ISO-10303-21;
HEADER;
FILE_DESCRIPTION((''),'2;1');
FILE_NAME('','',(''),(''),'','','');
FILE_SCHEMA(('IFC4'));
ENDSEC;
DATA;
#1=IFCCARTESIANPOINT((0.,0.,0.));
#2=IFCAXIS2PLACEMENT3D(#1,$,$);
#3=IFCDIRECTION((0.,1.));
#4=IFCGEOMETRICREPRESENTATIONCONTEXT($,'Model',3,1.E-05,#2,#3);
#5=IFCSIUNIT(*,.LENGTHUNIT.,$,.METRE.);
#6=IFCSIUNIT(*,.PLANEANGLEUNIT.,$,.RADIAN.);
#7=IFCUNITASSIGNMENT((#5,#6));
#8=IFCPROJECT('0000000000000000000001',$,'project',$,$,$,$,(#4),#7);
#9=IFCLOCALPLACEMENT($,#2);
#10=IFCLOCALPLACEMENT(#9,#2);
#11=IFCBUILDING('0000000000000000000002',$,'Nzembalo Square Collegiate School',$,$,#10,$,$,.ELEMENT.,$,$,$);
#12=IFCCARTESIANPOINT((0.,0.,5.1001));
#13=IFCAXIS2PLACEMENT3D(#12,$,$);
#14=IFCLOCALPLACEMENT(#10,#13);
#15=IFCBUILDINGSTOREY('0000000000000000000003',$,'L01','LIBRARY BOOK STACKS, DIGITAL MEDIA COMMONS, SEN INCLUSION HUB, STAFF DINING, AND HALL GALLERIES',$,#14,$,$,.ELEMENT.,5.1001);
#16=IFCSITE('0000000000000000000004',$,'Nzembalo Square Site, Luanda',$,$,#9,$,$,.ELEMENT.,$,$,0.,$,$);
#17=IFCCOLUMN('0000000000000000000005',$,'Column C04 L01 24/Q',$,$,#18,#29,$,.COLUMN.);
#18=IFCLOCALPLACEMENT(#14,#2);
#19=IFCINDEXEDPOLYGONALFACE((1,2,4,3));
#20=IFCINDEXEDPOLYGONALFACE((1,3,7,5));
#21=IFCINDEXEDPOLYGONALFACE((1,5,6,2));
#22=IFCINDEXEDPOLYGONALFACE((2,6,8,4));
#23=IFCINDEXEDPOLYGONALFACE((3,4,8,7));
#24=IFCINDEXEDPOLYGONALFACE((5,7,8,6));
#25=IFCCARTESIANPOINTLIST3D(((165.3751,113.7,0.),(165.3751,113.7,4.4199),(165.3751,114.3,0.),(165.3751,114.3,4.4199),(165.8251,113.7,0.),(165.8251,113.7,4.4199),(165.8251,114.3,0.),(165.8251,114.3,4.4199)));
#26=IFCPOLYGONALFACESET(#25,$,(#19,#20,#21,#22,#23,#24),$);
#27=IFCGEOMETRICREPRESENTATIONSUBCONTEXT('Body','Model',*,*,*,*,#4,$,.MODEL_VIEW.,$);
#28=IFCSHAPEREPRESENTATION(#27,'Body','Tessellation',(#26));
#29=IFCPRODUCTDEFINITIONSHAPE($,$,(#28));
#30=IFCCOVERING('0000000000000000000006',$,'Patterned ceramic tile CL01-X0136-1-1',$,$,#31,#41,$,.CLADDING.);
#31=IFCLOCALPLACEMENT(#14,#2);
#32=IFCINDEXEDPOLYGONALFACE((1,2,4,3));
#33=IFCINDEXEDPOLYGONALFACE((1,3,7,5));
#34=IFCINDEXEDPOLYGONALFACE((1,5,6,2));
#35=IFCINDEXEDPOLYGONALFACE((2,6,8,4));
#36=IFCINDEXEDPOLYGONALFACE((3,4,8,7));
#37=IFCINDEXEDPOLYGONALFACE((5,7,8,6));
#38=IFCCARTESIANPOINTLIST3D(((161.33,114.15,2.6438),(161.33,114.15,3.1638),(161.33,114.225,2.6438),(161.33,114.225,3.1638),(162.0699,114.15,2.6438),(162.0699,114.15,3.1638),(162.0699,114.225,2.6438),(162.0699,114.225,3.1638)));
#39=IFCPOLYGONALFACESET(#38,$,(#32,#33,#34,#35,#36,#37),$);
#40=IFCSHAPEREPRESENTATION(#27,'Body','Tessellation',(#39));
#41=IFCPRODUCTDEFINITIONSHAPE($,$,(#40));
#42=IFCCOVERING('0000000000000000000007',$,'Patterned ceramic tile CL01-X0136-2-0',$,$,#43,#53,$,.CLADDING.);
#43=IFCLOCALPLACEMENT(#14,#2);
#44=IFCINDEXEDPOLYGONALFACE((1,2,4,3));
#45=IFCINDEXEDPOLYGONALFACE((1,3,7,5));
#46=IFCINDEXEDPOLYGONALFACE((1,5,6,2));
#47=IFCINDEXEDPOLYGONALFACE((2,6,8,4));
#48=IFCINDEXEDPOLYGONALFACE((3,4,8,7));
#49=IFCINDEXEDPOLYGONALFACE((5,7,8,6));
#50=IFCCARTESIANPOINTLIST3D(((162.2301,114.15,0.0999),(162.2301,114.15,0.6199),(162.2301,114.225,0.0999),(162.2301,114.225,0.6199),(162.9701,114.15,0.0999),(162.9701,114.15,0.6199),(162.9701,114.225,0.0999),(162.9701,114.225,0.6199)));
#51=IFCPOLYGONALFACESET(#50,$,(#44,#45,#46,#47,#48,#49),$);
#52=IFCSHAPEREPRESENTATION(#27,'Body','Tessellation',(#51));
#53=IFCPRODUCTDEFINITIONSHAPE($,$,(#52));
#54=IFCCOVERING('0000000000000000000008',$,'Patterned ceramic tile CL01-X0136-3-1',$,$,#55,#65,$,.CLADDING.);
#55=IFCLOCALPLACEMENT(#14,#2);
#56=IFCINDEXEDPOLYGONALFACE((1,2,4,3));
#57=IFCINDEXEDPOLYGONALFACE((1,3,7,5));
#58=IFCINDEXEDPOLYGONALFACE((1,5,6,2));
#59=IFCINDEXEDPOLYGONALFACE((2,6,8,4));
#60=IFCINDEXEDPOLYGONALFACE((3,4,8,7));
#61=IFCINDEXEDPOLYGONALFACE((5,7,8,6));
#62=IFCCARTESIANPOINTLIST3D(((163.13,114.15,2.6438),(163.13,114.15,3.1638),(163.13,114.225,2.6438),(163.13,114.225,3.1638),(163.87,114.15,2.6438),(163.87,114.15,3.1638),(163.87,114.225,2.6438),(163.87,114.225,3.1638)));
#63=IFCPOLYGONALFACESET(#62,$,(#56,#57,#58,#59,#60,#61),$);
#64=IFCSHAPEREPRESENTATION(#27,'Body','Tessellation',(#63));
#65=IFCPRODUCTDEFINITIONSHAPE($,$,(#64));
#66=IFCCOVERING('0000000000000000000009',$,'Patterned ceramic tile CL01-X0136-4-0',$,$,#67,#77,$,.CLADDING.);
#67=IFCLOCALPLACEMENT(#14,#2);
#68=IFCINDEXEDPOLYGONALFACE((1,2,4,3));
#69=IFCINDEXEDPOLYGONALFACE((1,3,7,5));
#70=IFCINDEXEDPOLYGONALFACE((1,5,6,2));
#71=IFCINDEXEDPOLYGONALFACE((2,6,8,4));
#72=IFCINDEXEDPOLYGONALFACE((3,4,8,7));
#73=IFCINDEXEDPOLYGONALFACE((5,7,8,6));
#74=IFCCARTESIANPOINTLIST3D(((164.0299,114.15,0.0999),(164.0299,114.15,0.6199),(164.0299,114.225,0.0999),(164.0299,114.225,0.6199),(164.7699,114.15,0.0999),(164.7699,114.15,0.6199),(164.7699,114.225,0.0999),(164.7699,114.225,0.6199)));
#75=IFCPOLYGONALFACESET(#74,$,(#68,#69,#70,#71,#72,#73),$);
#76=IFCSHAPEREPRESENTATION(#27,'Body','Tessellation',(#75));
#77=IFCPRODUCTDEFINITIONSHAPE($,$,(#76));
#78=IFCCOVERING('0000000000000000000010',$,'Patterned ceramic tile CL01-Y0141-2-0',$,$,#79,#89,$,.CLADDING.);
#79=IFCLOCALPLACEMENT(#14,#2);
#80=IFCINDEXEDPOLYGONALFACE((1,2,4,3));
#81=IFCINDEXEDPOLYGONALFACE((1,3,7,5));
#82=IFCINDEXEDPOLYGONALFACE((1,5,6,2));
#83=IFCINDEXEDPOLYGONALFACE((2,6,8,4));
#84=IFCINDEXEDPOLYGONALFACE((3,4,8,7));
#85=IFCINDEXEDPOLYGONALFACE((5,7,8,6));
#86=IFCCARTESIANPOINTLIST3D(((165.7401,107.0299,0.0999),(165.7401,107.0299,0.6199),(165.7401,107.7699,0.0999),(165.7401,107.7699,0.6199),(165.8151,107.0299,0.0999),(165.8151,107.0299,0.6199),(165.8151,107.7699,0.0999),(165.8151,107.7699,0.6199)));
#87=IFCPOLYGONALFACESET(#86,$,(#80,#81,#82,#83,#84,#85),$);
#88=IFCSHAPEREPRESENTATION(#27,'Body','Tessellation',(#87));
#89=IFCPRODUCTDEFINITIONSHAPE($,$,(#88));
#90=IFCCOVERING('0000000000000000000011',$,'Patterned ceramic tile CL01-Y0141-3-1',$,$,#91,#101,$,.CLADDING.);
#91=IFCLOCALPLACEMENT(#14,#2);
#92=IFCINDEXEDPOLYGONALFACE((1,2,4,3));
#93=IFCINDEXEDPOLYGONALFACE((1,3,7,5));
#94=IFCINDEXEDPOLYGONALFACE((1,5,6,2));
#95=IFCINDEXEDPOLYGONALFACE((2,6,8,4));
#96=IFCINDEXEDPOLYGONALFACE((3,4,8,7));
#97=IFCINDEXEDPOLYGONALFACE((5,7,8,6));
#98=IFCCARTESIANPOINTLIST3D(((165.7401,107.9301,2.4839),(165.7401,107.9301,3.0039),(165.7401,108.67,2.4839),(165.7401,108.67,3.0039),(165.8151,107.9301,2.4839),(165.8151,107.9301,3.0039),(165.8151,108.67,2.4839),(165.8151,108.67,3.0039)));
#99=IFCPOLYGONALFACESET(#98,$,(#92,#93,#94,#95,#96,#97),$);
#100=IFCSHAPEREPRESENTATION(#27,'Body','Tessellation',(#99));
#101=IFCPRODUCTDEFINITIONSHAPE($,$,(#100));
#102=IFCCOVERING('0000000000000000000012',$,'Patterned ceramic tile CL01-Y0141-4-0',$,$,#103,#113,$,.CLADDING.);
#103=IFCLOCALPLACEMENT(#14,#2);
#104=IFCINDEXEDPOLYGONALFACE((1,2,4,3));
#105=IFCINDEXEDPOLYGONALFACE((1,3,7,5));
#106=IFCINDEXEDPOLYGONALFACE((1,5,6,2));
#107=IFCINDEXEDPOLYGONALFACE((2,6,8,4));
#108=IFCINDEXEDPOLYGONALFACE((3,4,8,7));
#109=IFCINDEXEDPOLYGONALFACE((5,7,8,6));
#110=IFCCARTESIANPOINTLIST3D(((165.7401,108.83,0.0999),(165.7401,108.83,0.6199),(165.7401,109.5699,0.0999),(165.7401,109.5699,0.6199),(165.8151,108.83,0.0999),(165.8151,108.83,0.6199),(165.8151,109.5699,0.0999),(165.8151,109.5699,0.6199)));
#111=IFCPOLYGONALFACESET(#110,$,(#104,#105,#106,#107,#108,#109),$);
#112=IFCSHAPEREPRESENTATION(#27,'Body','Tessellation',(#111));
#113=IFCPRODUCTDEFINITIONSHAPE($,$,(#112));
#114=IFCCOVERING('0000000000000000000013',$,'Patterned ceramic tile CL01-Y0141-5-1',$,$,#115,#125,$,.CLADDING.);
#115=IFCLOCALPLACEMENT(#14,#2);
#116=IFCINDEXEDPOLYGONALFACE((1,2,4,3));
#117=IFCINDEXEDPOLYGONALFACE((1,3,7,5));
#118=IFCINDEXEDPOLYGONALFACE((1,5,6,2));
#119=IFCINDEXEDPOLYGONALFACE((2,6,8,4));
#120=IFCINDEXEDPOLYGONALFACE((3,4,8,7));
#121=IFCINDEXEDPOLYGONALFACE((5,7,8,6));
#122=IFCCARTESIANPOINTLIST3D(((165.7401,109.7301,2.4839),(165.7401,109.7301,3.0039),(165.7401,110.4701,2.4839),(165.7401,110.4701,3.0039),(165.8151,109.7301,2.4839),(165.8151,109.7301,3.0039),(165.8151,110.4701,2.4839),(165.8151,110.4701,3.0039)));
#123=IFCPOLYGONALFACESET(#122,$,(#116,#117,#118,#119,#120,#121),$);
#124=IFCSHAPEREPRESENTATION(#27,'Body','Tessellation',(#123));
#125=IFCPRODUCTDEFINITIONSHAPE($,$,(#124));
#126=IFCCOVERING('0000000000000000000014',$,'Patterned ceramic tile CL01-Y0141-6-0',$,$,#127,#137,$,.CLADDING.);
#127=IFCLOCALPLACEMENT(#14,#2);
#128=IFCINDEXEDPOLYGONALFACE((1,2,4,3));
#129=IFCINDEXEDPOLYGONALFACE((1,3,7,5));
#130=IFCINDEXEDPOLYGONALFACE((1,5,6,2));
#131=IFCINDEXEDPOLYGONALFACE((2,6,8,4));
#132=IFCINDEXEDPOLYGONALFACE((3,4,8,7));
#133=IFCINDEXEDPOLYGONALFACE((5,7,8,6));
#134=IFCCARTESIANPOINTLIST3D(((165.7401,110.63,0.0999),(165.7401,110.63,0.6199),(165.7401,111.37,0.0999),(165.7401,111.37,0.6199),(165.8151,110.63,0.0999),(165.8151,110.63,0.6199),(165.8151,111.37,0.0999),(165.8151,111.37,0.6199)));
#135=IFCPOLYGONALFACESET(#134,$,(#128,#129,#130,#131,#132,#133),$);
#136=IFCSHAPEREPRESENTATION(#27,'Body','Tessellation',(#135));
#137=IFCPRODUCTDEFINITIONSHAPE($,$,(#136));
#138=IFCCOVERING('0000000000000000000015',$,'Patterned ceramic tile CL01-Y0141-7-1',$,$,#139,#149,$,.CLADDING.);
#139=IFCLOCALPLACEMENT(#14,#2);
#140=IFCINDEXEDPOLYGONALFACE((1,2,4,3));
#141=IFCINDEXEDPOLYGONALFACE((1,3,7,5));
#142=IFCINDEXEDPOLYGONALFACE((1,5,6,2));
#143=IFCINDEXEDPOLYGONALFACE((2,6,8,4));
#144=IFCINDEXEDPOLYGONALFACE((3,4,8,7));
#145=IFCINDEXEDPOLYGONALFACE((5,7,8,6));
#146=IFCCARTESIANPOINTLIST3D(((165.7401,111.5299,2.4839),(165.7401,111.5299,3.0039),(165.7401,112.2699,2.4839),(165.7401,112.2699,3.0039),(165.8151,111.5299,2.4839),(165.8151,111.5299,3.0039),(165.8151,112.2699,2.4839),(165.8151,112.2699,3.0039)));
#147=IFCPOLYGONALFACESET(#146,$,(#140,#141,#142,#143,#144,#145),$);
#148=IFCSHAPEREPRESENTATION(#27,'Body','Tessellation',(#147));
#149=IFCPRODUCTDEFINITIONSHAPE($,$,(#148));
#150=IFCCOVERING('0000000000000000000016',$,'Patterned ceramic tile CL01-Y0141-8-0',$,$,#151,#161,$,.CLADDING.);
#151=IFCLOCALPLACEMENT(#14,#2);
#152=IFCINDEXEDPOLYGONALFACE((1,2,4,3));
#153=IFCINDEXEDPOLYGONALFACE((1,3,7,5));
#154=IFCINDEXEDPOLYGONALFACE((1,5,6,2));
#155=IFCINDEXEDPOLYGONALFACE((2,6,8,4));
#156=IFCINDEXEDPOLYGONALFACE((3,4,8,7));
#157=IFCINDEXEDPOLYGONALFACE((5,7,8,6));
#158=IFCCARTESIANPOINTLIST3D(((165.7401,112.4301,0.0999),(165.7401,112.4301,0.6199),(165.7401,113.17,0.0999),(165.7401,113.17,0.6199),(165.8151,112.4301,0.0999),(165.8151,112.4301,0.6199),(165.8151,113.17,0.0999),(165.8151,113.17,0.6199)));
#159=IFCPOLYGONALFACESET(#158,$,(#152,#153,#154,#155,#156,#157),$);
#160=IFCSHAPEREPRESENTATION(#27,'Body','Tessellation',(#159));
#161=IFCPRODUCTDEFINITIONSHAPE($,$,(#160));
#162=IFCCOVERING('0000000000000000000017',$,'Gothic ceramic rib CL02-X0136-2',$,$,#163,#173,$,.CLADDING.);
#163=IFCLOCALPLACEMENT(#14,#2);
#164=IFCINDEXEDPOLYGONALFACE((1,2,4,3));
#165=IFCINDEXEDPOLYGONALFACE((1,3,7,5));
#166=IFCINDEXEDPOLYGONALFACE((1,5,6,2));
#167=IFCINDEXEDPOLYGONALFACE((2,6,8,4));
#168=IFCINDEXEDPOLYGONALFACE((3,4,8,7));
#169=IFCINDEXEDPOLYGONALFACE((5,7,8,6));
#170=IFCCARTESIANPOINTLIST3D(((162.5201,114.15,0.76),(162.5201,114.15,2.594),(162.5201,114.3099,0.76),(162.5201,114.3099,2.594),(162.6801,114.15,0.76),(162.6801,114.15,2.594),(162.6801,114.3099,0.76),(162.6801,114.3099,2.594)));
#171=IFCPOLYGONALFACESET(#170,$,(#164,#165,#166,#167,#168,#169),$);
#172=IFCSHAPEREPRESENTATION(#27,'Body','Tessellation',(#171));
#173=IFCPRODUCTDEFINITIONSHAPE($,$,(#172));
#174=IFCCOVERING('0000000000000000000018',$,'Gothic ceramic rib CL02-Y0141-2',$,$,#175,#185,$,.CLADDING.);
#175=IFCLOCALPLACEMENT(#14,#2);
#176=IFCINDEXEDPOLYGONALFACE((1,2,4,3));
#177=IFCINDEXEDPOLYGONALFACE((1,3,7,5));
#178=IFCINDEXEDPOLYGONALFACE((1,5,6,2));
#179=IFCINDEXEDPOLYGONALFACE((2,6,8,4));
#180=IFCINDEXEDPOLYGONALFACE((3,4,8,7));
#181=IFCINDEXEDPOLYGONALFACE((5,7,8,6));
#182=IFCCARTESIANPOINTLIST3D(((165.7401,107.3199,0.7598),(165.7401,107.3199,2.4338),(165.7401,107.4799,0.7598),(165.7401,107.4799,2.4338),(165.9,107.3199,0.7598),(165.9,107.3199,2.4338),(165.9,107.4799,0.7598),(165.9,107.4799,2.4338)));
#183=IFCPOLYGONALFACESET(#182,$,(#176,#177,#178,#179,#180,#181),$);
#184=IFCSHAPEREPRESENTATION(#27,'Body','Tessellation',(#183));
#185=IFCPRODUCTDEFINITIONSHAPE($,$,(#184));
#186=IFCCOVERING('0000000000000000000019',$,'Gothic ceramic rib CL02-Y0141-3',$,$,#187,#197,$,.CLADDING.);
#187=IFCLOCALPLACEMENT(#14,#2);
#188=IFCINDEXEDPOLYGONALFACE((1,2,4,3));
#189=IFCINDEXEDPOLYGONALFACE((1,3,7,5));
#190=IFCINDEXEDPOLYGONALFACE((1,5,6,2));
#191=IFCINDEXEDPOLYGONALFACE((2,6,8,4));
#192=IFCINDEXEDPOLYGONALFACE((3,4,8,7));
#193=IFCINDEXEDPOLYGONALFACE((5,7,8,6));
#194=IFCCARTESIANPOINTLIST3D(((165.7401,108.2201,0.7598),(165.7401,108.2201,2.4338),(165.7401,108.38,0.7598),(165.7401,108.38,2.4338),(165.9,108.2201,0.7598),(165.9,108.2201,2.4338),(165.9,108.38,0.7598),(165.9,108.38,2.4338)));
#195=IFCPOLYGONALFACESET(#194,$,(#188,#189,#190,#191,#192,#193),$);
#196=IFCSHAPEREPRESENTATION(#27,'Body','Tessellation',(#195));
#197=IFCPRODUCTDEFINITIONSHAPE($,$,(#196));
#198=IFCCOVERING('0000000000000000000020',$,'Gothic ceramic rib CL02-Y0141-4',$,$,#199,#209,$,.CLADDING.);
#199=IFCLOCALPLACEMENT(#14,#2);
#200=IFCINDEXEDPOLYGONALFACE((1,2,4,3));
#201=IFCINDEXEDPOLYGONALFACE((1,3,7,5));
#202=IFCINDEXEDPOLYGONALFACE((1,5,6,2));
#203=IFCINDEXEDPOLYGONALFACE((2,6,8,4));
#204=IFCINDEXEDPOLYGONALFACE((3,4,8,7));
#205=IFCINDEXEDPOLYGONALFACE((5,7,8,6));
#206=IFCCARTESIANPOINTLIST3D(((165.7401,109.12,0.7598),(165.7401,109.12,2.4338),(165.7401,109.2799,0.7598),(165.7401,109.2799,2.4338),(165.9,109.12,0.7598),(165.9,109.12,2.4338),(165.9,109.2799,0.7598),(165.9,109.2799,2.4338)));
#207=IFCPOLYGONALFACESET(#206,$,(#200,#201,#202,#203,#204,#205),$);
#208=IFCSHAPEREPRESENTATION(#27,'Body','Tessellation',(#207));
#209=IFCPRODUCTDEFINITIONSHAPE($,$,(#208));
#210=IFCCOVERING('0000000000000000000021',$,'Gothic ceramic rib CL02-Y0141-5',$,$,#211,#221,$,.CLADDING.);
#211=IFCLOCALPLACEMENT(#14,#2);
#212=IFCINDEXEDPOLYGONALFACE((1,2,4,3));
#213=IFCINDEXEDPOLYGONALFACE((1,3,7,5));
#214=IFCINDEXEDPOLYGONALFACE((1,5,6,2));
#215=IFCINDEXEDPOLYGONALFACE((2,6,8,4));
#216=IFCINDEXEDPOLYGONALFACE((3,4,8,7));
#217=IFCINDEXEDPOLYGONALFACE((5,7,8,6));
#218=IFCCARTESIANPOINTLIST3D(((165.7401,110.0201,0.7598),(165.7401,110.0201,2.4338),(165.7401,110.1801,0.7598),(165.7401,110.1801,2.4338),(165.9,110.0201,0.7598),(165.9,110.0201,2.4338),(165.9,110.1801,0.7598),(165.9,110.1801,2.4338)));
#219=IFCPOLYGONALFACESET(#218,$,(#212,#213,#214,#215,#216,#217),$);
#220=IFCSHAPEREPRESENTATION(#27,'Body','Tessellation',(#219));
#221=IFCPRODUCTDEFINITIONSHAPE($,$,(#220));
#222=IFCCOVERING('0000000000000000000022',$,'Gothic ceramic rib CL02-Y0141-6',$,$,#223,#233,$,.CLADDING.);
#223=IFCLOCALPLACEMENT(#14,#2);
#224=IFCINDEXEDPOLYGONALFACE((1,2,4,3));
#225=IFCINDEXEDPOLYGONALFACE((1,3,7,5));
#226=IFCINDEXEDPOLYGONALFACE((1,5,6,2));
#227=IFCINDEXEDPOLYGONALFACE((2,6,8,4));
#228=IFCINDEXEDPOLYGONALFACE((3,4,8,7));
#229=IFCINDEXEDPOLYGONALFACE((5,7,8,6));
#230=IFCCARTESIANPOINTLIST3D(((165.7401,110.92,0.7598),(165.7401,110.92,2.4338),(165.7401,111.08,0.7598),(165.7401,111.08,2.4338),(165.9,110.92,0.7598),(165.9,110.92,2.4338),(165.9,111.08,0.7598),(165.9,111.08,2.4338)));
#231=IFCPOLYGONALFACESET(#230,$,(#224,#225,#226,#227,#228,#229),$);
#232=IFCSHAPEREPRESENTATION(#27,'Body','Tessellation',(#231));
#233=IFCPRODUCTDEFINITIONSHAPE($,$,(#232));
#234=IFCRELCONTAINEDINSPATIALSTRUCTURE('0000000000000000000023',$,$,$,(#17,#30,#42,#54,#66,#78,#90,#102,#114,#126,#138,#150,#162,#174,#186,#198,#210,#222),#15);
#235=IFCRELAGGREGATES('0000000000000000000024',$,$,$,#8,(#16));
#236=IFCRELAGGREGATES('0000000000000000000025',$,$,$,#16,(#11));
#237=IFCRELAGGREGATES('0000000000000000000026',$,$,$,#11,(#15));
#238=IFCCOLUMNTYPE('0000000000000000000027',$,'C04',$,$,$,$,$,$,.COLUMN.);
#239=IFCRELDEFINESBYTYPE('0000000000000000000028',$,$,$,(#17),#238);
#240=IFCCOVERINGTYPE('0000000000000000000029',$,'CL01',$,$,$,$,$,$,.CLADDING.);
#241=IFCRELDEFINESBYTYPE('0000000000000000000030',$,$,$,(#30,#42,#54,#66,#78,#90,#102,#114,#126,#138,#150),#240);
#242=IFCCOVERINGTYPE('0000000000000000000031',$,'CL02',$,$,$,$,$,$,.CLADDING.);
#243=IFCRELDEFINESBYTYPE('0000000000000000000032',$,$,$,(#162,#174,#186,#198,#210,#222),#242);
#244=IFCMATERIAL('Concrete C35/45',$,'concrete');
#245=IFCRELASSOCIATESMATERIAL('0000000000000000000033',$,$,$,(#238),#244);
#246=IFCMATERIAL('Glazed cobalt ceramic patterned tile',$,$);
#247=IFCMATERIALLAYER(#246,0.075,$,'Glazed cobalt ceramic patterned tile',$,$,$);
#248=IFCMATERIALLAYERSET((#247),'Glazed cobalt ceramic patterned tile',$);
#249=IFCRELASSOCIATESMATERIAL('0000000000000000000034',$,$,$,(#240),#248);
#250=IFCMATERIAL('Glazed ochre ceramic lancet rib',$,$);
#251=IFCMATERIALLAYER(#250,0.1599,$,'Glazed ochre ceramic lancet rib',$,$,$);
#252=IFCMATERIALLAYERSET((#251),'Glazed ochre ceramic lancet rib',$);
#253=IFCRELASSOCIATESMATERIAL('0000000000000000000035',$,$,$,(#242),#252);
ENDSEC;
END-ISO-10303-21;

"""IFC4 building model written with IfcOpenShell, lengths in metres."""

from ifc_helpers import new_model, si_unit, direction, frame, origin, origin_2d, place, context, subcontext, project, spatial, rectangle, extrude, material, layer, layer_set, material_profile, profile_set, type_object, element, save


model = new_model("IFC4")

# Units and contexts
model_context = context("Model", 3, precision=1e-05, world=origin(), true_north=direction((0.0, 1.0)))
body_context = subcontext(model_context, "Body", "Model", "MODEL_VIEW")
ifc_project = project(units=[si_unit("LENGTHUNIT", "METRE"), si_unit("PLANEANGLEUNIT", "RADIAN")], contexts=[model_context])

# Site, building, storey
site_placement = place(None, origin())
site = spatial("IfcSite", under=ifc_project, at=site_placement, Name="Nzembalo Square Site, Luanda", CompositionType="ELEMENT", RefElevation=0.0)
building_placement = place(site_placement, origin())
building = spatial("IfcBuilding", under=site, at=building_placement, Name="Nzembalo Square Collegiate School", CompositionType="ELEMENT")
storey_placement = place(building_placement, frame((0.0, 0.0, 5.1001)))
storey = spatial("IfcBuildingStorey", under=building, at=storey_placement, Name="L01", Description="LIBRARY BOOK STACKS, DIGITAL MEDIA COMMONS, SEN INCLUSION HUB, STAFF DINING, AND HALL GALLERIES", CompositionType="ELEMENT", Elevation=5.1001)

# Column
ifc_material_1 = material(Name="Concrete C35/45", Category="concrete")
ifc_material_profile = material_profile(ifc_material_1, rectangle(XDim=0.45, YDim=0.6001, at=origin_2d()), Name="RC 450x600")
ifc_profile_set = profile_set([ifc_material_profile], Name="Concrete C35/45")
column_type = type_object("IfcColumnType", Name="C04", PredefinedType="COLUMN", material=ifc_profile_set)
column_placement = place(storey_placement, frame((165.6001, 114.0, 0.0), z_axis=(0.0, 0.0, 1.0), x_axis=(1.0, 0.0, 0.0)))
element("IfcColumn", 1, at=column_placement, inside=storey, type_object=column_type, Name="Column C04 L01 24/Q", PredefinedType="COLUMN", context=body_context, shape_type="SweptSolid", body=[
    extrude(rectangle(XDim=0.45, YDim=0.6001, at=origin_2d()), origin(), (0.0, 0.0, 1.0), 4.4199),
])

# Coverings
ifc_material_2 = material(Name="Glazed cobalt ceramic patterned tile")
ifc_layer_1 = layer(ifc_material_2, 0.075, Name="Glazed cobalt ceramic patterned tile")
ifc_layer_set_1 = layer_set([ifc_layer_1], Name="Glazed cobalt ceramic patterned tile")
covering_type_1 = type_object("IfcCoveringType", Name="CL01", PredefinedType="CLADDING", material=ifc_layer_set_1)
for number, where, z_axis, x_axis, name in (
    (2, (161.7, 114.1875, 2.6438), (0.0, 0.0, 1.0), (1.0, 0.0, 0.0), "Patterned ceramic tile CL01-X0136-1-1"),
    (3, (162.6001, 114.1875, 0.0999), (0.0, 0.0, 1.0), (1.0, 0.0, 0.0), "Patterned ceramic tile CL01-X0136-2-0"),
    (4, (163.5, 114.1875, 2.6438), (0.0, 0.0, 1.0), (1.0, 0.0, 0.0), "Patterned ceramic tile CL01-X0136-3-1"),
    (5, (164.3999, 114.1875, 0.0999), (0.0, 0.0, 1.0), (1.0, 0.0, 0.0), "Patterned ceramic tile CL01-X0136-4-0"),
):
    element("IfcCovering", number, at=place(storey_placement, frame(where, z_axis=z_axis, x_axis=x_axis)), inside=storey, type_object=covering_type_1, Name=name, PredefinedType="CLADDING", context=body_context, shape_type="SweptSolid", body=[
        extrude(rectangle(XDim=0.74, YDim=0.075, at=origin_2d()), origin(), (0.0, 0.0, 1.0), 0.52),
    ])
for number, where, z_axis, x_axis, name in (
    (6, (165.7776, 107.3999, 0.0999), (0.0, 0.0, 1.0), (1.0, 0.0, 0.0), "Patterned ceramic tile CL01-Y0141-2-0"),
    (7, (165.7776, 108.3, 2.4839), (0.0, 0.0, 1.0), (1.0, 0.0, 0.0), "Patterned ceramic tile CL01-Y0141-3-1"),
    (8, (165.7776, 109.2, 0.0999), (0.0, 0.0, 1.0), (1.0, 0.0, 0.0), "Patterned ceramic tile CL01-Y0141-4-0"),
    (9, (165.7776, 110.1001, 2.4839), (0.0, 0.0, 1.0), (1.0, 0.0, 0.0), "Patterned ceramic tile CL01-Y0141-5-1"),
    (10, (165.7776, 111.0, 0.0999), (0.0, 0.0, 1.0), (1.0, 0.0, 0.0), "Patterned ceramic tile CL01-Y0141-6-0"),
    (11, (165.7776, 111.8999, 2.4839), (0.0, 0.0, 1.0), (1.0, 0.0, 0.0), "Patterned ceramic tile CL01-Y0141-7-1"),
    (12, (165.7776, 112.8, 0.0999), (0.0, 0.0, 1.0), (1.0, 0.0, 0.0), "Patterned ceramic tile CL01-Y0141-8-0"),
):
    element("IfcCovering", number, at=place(storey_placement, frame(where, z_axis=z_axis, x_axis=x_axis)), inside=storey, type_object=covering_type_1, Name=name, PredefinedType="CLADDING", context=body_context, shape_type="SweptSolid", body=[
        extrude(rectangle(XDim=0.075, YDim=0.74, at=origin_2d()), origin(), (0.0, 0.0, 1.0), 0.52),
    ])
ifc_material_3 = material(Name="Glazed ochre ceramic lancet rib")
ifc_layer_2 = layer(ifc_material_3, 0.1599, Name="Glazed ochre ceramic lancet rib")
ifc_layer_set_2 = layer_set([ifc_layer_2], Name="Glazed ochre ceramic lancet rib")
covering_type_2 = type_object("IfcCoveringType", Name="CL02", PredefinedType="CLADDING", material=ifc_layer_set_2)
covering_1_placement = place(storey_placement, frame((162.6001, 114.23, 0.76), z_axis=(0.0, 0.0, 1.0), x_axis=(1.0, 0.0, 0.0)))
element("IfcCovering", 13, at=covering_1_placement, inside=storey, type_object=covering_type_2, Name="Gothic ceramic rib CL02-X0136-2", PredefinedType="CLADDING", context=body_context, shape_type="SweptSolid", body=[
    extrude(rectangle(XDim=0.1599, YDim=0.1599, at=origin_2d()), origin(), (0.0, 0.0, 1.0), 1.834),
])
for number, where, z_axis, x_axis, name in (
    (14, (165.8201, 107.3999, 0.7598), (0.0, 0.0, 1.0), (1.0, 0.0, 0.0), "Gothic ceramic rib CL02-Y0141-2"),
    (15, (165.8201, 108.3, 0.7598), (0.0, 0.0, 1.0), (1.0, 0.0, 0.0), "Gothic ceramic rib CL02-Y0141-3"),
    (16, (165.8201, 109.2, 0.7598), (0.0, 0.0, 1.0), (1.0, 0.0, 0.0), "Gothic ceramic rib CL02-Y0141-4"),
    (17, (165.8201, 110.1001, 0.7598), (0.0, 0.0, 1.0), (1.0, 0.0, 0.0), "Gothic ceramic rib CL02-Y0141-5"),
    (18, (165.8201, 111.0, 0.7598), (0.0, 0.0, 1.0), (1.0, 0.0, 0.0), "Gothic ceramic rib CL02-Y0141-6"),
):
    element("IfcCovering", number, at=place(storey_placement, frame(where, z_axis=z_axis, x_axis=x_axis)), inside=storey, type_object=covering_type_2, Name=name, PredefinedType="CLADDING", context=body_context, shape_type="SweptSolid", body=[
        extrude(rectangle(XDim=0.1599, YDim=0.1599, at=origin_2d()), origin(), (0.0, 0.0, 1.0), 1.6741),
    ])

save(model, "model.ifc")
